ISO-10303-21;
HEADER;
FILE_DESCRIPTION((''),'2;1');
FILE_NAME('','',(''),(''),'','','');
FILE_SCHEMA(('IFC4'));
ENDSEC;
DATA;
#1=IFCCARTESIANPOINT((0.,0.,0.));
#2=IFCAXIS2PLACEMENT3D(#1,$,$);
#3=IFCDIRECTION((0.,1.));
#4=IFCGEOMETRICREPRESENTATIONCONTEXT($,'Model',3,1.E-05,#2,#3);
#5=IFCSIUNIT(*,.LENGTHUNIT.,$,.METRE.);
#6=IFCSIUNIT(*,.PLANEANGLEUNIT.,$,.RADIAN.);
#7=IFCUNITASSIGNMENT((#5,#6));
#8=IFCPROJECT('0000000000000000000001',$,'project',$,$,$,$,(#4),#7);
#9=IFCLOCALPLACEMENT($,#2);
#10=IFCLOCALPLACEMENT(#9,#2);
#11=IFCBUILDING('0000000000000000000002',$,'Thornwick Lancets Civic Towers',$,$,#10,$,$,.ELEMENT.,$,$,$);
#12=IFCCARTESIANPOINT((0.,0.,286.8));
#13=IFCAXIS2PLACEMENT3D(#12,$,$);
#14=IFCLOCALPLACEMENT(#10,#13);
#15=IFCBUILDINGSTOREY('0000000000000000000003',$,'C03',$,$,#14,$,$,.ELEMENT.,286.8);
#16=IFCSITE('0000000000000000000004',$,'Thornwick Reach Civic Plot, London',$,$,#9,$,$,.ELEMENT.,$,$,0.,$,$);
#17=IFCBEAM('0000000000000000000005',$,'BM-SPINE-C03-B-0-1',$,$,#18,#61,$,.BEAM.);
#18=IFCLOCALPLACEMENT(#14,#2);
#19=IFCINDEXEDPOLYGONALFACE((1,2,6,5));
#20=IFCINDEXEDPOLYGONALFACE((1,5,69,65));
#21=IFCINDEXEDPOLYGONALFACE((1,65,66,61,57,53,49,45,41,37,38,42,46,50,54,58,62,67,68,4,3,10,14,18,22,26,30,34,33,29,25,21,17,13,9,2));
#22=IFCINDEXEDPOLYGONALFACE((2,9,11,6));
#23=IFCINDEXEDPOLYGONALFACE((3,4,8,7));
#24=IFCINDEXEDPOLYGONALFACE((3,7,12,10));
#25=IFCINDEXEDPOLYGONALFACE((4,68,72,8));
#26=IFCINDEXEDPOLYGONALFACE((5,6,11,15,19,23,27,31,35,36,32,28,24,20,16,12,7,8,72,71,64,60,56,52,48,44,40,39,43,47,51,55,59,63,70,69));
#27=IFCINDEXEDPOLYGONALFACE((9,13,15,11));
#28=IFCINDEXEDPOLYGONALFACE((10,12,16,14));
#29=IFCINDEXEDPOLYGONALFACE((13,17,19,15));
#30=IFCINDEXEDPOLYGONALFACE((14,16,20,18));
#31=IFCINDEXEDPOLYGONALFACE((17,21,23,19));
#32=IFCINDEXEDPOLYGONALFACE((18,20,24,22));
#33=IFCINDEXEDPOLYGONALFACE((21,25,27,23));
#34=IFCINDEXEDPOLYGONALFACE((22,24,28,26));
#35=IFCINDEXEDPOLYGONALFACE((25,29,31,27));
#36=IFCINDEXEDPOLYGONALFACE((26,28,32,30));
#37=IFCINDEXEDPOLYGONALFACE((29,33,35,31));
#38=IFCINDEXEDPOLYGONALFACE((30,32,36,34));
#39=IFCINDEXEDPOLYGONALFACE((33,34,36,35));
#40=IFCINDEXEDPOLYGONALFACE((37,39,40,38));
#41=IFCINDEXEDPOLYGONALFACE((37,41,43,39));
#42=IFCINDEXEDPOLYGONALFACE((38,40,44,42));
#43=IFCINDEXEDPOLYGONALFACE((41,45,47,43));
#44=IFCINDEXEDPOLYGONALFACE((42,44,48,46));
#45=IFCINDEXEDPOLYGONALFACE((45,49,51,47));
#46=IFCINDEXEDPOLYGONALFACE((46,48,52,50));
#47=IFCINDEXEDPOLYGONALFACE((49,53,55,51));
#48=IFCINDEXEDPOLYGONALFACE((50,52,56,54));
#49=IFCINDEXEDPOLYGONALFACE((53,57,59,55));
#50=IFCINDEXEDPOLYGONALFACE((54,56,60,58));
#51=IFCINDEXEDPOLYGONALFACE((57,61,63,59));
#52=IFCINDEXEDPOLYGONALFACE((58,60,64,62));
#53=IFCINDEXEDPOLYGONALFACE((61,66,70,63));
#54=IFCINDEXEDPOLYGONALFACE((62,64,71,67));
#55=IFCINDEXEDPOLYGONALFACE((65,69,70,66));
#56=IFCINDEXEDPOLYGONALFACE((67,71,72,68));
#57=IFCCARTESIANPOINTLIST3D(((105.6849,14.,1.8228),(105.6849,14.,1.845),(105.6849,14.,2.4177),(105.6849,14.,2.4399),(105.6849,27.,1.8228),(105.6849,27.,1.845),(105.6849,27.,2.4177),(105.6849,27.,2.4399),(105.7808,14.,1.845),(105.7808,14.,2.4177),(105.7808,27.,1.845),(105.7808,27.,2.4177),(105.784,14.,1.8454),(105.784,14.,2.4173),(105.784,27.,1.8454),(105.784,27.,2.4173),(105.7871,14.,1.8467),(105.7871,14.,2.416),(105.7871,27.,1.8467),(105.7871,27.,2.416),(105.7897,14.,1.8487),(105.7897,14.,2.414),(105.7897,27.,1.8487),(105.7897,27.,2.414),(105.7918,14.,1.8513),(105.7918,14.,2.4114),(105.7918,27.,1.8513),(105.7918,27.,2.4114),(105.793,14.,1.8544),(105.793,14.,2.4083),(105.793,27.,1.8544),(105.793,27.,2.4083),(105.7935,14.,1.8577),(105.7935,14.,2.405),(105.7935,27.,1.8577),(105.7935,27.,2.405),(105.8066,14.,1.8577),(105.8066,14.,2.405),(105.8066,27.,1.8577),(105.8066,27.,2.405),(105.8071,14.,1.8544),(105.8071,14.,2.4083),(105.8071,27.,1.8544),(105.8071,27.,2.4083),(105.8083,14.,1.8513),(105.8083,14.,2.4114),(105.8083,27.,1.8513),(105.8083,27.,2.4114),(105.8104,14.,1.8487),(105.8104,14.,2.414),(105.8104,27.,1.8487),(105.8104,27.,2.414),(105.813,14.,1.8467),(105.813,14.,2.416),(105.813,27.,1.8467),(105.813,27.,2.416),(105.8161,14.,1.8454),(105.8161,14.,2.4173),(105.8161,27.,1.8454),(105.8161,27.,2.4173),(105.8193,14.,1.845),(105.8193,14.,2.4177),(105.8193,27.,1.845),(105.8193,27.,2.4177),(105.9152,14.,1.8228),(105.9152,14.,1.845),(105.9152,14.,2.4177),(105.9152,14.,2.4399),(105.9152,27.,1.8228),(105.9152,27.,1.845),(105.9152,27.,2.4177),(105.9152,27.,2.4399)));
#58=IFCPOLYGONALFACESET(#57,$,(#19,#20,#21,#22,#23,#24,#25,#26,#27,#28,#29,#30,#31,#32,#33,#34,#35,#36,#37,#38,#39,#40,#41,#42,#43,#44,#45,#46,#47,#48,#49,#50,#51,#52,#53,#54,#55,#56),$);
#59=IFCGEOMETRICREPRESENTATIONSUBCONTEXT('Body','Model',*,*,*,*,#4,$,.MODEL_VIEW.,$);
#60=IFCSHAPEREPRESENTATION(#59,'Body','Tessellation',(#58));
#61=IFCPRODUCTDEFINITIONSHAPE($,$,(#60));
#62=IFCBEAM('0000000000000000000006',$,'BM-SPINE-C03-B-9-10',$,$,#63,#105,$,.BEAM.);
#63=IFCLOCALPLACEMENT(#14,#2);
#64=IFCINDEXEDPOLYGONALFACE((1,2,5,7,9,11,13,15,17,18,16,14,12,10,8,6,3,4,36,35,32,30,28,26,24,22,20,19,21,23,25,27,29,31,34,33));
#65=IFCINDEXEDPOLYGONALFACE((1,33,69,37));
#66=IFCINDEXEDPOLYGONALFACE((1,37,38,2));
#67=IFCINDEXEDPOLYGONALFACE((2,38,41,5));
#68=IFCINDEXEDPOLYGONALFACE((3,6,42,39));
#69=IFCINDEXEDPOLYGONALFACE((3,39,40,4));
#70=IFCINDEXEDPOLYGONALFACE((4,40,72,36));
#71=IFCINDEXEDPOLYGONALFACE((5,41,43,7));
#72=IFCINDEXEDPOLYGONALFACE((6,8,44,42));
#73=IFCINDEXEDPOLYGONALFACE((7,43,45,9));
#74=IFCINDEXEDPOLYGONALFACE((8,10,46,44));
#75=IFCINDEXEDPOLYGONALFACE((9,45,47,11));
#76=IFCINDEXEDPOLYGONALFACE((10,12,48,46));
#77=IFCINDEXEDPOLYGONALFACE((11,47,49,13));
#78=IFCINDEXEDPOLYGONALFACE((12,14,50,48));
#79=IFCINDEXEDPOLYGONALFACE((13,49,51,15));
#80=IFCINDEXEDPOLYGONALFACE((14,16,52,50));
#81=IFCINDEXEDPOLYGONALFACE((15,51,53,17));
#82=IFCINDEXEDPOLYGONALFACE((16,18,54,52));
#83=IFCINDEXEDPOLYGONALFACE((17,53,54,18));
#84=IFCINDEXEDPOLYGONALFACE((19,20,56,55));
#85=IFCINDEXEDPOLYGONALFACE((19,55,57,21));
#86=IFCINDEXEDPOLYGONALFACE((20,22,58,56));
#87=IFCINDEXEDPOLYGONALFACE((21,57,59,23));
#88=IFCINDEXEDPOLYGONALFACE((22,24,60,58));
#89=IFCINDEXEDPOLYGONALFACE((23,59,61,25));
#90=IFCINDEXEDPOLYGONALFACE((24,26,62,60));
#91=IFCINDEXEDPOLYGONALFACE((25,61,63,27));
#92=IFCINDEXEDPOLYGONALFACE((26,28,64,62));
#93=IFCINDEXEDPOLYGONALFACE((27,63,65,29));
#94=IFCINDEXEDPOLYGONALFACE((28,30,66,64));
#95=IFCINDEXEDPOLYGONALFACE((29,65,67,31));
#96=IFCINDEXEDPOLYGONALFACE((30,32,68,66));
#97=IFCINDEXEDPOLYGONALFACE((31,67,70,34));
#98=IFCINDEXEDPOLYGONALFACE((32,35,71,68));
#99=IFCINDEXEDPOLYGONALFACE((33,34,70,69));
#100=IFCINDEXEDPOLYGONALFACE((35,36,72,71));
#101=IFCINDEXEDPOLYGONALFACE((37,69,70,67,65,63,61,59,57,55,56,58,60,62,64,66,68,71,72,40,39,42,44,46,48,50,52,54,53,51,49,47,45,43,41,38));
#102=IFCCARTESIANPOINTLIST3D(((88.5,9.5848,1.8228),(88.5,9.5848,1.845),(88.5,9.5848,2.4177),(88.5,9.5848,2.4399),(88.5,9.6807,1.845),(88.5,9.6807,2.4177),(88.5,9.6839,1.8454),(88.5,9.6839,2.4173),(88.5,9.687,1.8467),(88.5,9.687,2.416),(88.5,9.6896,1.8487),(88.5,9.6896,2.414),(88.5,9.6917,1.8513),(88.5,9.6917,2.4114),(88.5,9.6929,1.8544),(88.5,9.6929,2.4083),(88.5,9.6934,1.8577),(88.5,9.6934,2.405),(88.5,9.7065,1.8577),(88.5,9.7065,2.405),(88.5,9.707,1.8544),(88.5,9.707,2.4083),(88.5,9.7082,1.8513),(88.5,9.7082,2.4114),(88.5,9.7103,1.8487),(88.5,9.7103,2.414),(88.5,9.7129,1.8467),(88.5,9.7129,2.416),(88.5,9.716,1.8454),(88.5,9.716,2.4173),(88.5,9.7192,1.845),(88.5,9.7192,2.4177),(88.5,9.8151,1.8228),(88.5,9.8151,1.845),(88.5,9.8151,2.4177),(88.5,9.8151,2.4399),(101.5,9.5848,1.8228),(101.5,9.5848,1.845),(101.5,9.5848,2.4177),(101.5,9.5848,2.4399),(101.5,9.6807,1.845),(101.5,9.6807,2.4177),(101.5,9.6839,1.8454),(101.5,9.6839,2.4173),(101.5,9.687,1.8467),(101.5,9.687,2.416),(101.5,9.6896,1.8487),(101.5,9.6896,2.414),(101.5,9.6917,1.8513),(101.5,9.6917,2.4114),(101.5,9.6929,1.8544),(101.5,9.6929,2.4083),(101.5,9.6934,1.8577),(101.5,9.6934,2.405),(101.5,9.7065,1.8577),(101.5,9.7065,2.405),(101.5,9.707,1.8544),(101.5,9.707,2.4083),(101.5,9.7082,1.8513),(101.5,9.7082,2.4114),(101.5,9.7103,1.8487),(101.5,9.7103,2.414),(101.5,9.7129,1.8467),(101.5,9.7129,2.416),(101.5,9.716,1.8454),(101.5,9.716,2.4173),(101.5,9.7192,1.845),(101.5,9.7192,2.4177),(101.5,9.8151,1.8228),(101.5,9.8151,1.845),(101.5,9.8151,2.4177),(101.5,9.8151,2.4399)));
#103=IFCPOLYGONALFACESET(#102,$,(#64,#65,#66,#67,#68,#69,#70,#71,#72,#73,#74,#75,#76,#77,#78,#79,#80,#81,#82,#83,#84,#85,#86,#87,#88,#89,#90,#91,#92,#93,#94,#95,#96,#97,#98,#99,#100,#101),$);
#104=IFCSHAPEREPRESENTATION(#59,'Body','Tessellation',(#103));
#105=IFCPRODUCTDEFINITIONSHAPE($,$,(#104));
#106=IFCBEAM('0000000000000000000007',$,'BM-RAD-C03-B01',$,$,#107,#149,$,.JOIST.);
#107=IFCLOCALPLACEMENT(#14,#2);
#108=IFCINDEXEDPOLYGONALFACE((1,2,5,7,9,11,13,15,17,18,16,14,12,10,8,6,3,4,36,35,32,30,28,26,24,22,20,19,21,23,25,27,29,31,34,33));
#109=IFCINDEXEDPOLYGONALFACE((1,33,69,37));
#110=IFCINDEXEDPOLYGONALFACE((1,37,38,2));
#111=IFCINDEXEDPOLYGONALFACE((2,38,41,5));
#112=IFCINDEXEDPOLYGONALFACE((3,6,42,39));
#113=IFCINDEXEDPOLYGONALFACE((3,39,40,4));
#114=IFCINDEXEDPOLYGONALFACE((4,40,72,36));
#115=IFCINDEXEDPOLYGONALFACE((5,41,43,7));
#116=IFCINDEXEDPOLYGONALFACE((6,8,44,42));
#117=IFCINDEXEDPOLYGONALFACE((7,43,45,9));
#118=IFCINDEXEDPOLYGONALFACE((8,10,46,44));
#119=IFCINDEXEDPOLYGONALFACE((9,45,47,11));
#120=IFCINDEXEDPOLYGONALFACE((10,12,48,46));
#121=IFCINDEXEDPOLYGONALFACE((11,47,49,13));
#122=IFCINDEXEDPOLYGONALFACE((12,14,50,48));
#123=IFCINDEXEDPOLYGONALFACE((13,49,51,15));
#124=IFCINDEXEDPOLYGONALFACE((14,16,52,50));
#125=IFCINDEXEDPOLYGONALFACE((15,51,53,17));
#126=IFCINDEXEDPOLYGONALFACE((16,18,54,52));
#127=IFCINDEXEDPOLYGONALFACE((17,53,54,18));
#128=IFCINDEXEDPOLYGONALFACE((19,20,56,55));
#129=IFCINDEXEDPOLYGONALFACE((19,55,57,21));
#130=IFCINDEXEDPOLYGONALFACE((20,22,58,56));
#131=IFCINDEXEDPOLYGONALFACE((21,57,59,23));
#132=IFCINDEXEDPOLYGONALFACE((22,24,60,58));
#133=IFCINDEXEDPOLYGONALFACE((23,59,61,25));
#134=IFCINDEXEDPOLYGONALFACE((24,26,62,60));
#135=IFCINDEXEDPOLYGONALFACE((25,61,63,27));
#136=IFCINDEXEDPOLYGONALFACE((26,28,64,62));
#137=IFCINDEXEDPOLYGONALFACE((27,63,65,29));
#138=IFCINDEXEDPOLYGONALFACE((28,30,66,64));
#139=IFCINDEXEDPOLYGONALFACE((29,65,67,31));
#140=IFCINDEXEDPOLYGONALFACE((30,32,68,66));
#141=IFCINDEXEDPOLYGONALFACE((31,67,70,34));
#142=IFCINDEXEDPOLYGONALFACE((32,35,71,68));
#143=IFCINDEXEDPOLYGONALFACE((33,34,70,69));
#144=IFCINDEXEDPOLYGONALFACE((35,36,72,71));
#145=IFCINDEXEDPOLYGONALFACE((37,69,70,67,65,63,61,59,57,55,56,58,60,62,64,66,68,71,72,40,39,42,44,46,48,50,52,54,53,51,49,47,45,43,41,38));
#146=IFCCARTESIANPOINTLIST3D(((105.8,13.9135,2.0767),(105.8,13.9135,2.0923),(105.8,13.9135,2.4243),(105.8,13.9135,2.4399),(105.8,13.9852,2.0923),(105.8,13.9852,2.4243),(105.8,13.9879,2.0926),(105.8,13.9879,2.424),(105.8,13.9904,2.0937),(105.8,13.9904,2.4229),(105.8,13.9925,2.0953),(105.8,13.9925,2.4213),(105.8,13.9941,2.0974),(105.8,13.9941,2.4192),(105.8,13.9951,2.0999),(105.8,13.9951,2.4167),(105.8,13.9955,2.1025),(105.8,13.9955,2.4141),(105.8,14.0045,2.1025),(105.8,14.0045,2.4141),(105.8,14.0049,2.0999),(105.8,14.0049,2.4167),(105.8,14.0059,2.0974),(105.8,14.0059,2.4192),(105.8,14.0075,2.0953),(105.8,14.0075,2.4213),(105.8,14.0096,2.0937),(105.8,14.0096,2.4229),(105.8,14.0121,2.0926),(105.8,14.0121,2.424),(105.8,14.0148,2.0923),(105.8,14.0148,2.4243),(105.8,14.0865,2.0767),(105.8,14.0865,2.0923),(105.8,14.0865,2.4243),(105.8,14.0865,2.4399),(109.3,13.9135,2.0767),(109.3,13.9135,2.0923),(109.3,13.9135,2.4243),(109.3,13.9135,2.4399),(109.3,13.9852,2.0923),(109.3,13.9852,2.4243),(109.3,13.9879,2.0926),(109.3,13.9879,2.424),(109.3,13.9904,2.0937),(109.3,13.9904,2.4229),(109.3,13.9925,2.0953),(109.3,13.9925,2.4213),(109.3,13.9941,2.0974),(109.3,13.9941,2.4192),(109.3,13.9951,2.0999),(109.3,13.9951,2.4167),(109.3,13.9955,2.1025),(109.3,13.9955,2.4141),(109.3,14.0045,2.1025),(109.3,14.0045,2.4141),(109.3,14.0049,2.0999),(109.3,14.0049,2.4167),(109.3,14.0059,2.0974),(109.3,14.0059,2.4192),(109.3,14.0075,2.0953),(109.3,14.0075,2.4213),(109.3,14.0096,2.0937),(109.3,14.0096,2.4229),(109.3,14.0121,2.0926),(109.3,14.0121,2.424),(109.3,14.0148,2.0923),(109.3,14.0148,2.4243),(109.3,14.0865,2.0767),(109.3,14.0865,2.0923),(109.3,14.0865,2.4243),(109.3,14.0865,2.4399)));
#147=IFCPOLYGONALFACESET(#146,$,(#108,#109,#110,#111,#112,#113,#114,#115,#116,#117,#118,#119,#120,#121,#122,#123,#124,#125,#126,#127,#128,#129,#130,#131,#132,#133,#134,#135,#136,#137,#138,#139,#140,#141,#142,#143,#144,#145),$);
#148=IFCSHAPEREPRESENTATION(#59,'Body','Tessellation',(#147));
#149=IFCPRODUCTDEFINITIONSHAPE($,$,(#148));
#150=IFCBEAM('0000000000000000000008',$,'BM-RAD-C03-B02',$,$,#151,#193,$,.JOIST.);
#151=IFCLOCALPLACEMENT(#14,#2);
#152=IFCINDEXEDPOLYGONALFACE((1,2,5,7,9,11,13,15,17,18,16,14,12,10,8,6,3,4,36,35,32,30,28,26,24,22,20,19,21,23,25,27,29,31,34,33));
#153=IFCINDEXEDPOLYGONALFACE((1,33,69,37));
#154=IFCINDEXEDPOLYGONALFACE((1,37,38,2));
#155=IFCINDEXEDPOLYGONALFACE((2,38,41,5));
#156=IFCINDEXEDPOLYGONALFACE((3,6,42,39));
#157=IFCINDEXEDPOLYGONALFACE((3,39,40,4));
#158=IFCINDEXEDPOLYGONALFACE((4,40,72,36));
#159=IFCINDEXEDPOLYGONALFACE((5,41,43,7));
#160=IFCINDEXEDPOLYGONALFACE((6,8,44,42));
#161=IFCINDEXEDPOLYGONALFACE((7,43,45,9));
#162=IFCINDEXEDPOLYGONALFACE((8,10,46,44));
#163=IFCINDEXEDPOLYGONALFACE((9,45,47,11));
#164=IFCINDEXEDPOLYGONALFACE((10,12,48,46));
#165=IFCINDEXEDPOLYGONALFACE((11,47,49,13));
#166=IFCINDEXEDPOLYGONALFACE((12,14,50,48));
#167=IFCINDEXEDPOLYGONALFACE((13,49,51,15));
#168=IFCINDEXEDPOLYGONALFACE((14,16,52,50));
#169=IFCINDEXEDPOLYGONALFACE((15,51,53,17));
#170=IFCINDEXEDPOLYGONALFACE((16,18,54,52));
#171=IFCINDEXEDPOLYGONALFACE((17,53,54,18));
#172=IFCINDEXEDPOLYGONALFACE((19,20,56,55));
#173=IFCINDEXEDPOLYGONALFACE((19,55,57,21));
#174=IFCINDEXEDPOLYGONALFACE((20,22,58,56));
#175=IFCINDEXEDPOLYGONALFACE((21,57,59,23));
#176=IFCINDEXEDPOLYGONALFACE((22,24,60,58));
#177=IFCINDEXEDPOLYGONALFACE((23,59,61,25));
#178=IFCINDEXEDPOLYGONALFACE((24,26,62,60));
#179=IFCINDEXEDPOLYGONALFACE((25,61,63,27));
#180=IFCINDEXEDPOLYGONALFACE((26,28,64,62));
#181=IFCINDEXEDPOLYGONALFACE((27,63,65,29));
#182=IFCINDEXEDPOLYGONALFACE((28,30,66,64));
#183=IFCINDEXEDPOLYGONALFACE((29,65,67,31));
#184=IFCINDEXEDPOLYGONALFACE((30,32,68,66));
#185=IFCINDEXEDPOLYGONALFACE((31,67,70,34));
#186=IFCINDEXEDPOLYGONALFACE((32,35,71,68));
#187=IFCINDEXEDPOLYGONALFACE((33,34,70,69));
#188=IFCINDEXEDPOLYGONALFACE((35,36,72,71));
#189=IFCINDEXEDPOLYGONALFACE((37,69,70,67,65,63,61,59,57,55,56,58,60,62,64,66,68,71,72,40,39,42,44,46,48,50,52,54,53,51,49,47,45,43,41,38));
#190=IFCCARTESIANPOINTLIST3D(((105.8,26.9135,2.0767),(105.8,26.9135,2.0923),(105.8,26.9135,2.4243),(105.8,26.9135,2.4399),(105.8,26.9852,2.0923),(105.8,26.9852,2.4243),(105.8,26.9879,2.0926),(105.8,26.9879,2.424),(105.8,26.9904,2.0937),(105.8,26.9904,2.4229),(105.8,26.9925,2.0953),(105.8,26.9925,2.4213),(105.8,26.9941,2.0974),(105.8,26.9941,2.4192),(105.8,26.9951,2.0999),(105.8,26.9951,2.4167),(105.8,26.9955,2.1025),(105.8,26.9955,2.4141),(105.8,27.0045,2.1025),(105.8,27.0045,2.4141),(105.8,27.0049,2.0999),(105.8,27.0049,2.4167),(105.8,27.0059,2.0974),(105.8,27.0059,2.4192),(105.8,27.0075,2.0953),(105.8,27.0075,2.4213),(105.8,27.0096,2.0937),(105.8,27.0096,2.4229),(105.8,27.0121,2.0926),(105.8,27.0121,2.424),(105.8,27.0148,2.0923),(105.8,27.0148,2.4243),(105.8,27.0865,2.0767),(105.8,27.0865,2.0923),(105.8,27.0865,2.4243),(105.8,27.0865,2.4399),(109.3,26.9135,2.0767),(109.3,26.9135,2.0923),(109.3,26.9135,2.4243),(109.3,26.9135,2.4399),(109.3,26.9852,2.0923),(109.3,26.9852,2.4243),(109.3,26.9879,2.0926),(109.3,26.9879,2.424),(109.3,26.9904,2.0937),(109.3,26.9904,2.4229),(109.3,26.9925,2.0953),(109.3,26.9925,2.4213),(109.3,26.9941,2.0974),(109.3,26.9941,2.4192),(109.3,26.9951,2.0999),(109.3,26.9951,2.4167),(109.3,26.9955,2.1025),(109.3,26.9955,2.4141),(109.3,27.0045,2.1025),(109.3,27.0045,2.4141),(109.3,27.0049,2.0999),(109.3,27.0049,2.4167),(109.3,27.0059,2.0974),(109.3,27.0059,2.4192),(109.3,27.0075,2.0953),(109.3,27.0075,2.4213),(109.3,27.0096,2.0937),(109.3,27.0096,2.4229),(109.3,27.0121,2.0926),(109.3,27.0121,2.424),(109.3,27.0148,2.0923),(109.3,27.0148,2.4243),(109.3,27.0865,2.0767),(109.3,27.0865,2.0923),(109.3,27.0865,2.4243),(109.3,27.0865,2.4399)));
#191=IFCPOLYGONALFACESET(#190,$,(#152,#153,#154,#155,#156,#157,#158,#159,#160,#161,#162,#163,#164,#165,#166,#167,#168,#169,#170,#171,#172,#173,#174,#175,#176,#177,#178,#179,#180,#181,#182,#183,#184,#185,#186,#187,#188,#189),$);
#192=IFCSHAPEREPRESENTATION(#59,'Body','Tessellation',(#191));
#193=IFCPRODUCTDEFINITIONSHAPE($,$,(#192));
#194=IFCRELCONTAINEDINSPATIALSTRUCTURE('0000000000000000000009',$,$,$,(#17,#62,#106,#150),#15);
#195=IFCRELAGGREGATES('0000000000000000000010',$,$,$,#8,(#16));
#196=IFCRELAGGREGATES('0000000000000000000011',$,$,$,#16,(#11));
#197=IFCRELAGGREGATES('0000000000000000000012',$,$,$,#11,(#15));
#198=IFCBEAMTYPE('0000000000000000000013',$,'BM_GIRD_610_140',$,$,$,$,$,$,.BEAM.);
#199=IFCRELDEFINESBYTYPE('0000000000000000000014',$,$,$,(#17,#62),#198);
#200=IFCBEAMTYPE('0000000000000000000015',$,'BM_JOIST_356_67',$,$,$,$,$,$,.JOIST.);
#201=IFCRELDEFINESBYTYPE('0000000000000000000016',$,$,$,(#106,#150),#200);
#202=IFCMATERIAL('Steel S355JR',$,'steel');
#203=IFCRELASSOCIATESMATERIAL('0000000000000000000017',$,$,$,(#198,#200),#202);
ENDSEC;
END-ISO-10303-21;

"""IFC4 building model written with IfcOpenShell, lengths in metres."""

from ifc_helpers import new_model, si_unit, direction, frame, origin, origin_2d, place, context, subcontext, project, spatial, i_section, extrude, material, material_profile, profile_set, type_object, element, save


model = new_model("IFC4")

# Units and contexts
model_context = context("Model", 3, precision=1e-05, world=origin(), true_north=direction((0.0, 1.0)))
body_context = subcontext(model_context, "Body", "Model", "MODEL_VIEW")
ifc_project = project(units=[si_unit("LENGTHUNIT", "METRE"), si_unit("PLANEANGLEUNIT", "RADIAN")], contexts=[model_context])

# Site, building, storey
site_placement = place(None, origin())
site = spatial("IfcSite", under=ifc_project, at=site_placement, Name="Thornwick Reach Civic Plot, London", CompositionType="ELEMENT", RefElevation=0.0)
building_placement = place(site_placement, origin())
building = spatial("IfcBuilding", under=site, at=building_placement, Name="Thornwick Lancets Civic Towers", CompositionType="ELEMENT")
storey_placement = place(building_placement, frame((0.0, 0.0, 286.8)))
storey = spatial("IfcBuildingStorey", under=building, at=storey_placement, Name="C03", CompositionType="ELEMENT", Elevation=286.8)

# Shared definitions
ifc_material_1 = material(Name="Steel S355JR", Category="steel")

# Beams
ifc_material_profile_1 = material_profile(ifc_material_1, i_section(OverallWidth=0.2302, OverallDepth=0.6172, WebThickness=0.0132, FlangeThickness=0.0222, FilletRadius=0.0127, at=origin_2d()), Name="UKB 610x229x140")
ifc_profile_set_1 = profile_set([ifc_material_profile_1], Name="Steel S355JR")
beam_type_1 = type_object("IfcBeamType", Name="BM_GIRD_610_140", PredefinedType="BEAM", material=ifc_profile_set_1)
for number, where, z_axis, x_axis, name in (
    (1, (105.8, 14.0, 2.1313), (0.0, 1.0, 0.0), (-1.0, 0.0, 0.0), "BM-SPINE-C03-B-0-1"),
    (2, (101.5, 9.7, 2.1313), (-1.0, 0.0, 0.0), (0.0, -1.0, 0.0), "BM-SPINE-C03-B-9-10"),
):
    element("IfcBeam", number, at=place(storey_placement, frame(where, z_axis=z_axis, x_axis=x_axis)), inside=storey, type_object=beam_type_1, Name=name, PredefinedType="BEAM", context=body_context, shape_type="SweptSolid", body=[
        extrude(i_section(OverallWidth=0.2302, OverallDepth=0.6172, WebThickness=0.0132, FlangeThickness=0.0222, FilletRadius=0.0127, at=origin_2d()), origin(), (0.0, 0.0, 1.0), 13.0),
    ])
ifc_material_profile_2 = material_profile(ifc_material_1, i_section(OverallWidth=0.1731, OverallDepth=0.3633, WebThickness=0.009, FlangeThickness=0.0156, FilletRadius=0.0103, at=origin_2d()), Name="UKB 356x171x67")
ifc_profile_set_2 = profile_set([ifc_material_profile_2], Name="Steel S355JR")
beam_type_2 = type_object("IfcBeamType", Name="BM_JOIST_356_67", PredefinedType="JOIST", material=ifc_profile_set_2)
for number, where, z_axis, x_axis, name in (
    (3, (105.8, 14.0, 2.2583), (1.0, 0.0, 0.0), (0.0, 1.0, 0.0), "BM-RAD-C03-B01"),
    (4, (105.8, 27.0, 2.2583), (1.0, 0.0, 0.0), (0.0, 1.0, 0.0), "BM-RAD-C03-B02"),
):
    element("IfcBeam", number, at=place(storey_placement, frame(where, z_axis=z_axis, x_axis=x_axis)), inside=storey, type_object=beam_type_2, Name=name, PredefinedType="JOIST", context=body_context, shape_type="SweptSolid", body=[
        extrude(i_section(OverallWidth=0.1731, OverallDepth=0.3633, WebThickness=0.009, FlangeThickness=0.0156, FilletRadius=0.0103, at=origin_2d()), origin(), (0.0, 0.0, 1.0), 3.5),
    ])

save(model, "model.ifc")
